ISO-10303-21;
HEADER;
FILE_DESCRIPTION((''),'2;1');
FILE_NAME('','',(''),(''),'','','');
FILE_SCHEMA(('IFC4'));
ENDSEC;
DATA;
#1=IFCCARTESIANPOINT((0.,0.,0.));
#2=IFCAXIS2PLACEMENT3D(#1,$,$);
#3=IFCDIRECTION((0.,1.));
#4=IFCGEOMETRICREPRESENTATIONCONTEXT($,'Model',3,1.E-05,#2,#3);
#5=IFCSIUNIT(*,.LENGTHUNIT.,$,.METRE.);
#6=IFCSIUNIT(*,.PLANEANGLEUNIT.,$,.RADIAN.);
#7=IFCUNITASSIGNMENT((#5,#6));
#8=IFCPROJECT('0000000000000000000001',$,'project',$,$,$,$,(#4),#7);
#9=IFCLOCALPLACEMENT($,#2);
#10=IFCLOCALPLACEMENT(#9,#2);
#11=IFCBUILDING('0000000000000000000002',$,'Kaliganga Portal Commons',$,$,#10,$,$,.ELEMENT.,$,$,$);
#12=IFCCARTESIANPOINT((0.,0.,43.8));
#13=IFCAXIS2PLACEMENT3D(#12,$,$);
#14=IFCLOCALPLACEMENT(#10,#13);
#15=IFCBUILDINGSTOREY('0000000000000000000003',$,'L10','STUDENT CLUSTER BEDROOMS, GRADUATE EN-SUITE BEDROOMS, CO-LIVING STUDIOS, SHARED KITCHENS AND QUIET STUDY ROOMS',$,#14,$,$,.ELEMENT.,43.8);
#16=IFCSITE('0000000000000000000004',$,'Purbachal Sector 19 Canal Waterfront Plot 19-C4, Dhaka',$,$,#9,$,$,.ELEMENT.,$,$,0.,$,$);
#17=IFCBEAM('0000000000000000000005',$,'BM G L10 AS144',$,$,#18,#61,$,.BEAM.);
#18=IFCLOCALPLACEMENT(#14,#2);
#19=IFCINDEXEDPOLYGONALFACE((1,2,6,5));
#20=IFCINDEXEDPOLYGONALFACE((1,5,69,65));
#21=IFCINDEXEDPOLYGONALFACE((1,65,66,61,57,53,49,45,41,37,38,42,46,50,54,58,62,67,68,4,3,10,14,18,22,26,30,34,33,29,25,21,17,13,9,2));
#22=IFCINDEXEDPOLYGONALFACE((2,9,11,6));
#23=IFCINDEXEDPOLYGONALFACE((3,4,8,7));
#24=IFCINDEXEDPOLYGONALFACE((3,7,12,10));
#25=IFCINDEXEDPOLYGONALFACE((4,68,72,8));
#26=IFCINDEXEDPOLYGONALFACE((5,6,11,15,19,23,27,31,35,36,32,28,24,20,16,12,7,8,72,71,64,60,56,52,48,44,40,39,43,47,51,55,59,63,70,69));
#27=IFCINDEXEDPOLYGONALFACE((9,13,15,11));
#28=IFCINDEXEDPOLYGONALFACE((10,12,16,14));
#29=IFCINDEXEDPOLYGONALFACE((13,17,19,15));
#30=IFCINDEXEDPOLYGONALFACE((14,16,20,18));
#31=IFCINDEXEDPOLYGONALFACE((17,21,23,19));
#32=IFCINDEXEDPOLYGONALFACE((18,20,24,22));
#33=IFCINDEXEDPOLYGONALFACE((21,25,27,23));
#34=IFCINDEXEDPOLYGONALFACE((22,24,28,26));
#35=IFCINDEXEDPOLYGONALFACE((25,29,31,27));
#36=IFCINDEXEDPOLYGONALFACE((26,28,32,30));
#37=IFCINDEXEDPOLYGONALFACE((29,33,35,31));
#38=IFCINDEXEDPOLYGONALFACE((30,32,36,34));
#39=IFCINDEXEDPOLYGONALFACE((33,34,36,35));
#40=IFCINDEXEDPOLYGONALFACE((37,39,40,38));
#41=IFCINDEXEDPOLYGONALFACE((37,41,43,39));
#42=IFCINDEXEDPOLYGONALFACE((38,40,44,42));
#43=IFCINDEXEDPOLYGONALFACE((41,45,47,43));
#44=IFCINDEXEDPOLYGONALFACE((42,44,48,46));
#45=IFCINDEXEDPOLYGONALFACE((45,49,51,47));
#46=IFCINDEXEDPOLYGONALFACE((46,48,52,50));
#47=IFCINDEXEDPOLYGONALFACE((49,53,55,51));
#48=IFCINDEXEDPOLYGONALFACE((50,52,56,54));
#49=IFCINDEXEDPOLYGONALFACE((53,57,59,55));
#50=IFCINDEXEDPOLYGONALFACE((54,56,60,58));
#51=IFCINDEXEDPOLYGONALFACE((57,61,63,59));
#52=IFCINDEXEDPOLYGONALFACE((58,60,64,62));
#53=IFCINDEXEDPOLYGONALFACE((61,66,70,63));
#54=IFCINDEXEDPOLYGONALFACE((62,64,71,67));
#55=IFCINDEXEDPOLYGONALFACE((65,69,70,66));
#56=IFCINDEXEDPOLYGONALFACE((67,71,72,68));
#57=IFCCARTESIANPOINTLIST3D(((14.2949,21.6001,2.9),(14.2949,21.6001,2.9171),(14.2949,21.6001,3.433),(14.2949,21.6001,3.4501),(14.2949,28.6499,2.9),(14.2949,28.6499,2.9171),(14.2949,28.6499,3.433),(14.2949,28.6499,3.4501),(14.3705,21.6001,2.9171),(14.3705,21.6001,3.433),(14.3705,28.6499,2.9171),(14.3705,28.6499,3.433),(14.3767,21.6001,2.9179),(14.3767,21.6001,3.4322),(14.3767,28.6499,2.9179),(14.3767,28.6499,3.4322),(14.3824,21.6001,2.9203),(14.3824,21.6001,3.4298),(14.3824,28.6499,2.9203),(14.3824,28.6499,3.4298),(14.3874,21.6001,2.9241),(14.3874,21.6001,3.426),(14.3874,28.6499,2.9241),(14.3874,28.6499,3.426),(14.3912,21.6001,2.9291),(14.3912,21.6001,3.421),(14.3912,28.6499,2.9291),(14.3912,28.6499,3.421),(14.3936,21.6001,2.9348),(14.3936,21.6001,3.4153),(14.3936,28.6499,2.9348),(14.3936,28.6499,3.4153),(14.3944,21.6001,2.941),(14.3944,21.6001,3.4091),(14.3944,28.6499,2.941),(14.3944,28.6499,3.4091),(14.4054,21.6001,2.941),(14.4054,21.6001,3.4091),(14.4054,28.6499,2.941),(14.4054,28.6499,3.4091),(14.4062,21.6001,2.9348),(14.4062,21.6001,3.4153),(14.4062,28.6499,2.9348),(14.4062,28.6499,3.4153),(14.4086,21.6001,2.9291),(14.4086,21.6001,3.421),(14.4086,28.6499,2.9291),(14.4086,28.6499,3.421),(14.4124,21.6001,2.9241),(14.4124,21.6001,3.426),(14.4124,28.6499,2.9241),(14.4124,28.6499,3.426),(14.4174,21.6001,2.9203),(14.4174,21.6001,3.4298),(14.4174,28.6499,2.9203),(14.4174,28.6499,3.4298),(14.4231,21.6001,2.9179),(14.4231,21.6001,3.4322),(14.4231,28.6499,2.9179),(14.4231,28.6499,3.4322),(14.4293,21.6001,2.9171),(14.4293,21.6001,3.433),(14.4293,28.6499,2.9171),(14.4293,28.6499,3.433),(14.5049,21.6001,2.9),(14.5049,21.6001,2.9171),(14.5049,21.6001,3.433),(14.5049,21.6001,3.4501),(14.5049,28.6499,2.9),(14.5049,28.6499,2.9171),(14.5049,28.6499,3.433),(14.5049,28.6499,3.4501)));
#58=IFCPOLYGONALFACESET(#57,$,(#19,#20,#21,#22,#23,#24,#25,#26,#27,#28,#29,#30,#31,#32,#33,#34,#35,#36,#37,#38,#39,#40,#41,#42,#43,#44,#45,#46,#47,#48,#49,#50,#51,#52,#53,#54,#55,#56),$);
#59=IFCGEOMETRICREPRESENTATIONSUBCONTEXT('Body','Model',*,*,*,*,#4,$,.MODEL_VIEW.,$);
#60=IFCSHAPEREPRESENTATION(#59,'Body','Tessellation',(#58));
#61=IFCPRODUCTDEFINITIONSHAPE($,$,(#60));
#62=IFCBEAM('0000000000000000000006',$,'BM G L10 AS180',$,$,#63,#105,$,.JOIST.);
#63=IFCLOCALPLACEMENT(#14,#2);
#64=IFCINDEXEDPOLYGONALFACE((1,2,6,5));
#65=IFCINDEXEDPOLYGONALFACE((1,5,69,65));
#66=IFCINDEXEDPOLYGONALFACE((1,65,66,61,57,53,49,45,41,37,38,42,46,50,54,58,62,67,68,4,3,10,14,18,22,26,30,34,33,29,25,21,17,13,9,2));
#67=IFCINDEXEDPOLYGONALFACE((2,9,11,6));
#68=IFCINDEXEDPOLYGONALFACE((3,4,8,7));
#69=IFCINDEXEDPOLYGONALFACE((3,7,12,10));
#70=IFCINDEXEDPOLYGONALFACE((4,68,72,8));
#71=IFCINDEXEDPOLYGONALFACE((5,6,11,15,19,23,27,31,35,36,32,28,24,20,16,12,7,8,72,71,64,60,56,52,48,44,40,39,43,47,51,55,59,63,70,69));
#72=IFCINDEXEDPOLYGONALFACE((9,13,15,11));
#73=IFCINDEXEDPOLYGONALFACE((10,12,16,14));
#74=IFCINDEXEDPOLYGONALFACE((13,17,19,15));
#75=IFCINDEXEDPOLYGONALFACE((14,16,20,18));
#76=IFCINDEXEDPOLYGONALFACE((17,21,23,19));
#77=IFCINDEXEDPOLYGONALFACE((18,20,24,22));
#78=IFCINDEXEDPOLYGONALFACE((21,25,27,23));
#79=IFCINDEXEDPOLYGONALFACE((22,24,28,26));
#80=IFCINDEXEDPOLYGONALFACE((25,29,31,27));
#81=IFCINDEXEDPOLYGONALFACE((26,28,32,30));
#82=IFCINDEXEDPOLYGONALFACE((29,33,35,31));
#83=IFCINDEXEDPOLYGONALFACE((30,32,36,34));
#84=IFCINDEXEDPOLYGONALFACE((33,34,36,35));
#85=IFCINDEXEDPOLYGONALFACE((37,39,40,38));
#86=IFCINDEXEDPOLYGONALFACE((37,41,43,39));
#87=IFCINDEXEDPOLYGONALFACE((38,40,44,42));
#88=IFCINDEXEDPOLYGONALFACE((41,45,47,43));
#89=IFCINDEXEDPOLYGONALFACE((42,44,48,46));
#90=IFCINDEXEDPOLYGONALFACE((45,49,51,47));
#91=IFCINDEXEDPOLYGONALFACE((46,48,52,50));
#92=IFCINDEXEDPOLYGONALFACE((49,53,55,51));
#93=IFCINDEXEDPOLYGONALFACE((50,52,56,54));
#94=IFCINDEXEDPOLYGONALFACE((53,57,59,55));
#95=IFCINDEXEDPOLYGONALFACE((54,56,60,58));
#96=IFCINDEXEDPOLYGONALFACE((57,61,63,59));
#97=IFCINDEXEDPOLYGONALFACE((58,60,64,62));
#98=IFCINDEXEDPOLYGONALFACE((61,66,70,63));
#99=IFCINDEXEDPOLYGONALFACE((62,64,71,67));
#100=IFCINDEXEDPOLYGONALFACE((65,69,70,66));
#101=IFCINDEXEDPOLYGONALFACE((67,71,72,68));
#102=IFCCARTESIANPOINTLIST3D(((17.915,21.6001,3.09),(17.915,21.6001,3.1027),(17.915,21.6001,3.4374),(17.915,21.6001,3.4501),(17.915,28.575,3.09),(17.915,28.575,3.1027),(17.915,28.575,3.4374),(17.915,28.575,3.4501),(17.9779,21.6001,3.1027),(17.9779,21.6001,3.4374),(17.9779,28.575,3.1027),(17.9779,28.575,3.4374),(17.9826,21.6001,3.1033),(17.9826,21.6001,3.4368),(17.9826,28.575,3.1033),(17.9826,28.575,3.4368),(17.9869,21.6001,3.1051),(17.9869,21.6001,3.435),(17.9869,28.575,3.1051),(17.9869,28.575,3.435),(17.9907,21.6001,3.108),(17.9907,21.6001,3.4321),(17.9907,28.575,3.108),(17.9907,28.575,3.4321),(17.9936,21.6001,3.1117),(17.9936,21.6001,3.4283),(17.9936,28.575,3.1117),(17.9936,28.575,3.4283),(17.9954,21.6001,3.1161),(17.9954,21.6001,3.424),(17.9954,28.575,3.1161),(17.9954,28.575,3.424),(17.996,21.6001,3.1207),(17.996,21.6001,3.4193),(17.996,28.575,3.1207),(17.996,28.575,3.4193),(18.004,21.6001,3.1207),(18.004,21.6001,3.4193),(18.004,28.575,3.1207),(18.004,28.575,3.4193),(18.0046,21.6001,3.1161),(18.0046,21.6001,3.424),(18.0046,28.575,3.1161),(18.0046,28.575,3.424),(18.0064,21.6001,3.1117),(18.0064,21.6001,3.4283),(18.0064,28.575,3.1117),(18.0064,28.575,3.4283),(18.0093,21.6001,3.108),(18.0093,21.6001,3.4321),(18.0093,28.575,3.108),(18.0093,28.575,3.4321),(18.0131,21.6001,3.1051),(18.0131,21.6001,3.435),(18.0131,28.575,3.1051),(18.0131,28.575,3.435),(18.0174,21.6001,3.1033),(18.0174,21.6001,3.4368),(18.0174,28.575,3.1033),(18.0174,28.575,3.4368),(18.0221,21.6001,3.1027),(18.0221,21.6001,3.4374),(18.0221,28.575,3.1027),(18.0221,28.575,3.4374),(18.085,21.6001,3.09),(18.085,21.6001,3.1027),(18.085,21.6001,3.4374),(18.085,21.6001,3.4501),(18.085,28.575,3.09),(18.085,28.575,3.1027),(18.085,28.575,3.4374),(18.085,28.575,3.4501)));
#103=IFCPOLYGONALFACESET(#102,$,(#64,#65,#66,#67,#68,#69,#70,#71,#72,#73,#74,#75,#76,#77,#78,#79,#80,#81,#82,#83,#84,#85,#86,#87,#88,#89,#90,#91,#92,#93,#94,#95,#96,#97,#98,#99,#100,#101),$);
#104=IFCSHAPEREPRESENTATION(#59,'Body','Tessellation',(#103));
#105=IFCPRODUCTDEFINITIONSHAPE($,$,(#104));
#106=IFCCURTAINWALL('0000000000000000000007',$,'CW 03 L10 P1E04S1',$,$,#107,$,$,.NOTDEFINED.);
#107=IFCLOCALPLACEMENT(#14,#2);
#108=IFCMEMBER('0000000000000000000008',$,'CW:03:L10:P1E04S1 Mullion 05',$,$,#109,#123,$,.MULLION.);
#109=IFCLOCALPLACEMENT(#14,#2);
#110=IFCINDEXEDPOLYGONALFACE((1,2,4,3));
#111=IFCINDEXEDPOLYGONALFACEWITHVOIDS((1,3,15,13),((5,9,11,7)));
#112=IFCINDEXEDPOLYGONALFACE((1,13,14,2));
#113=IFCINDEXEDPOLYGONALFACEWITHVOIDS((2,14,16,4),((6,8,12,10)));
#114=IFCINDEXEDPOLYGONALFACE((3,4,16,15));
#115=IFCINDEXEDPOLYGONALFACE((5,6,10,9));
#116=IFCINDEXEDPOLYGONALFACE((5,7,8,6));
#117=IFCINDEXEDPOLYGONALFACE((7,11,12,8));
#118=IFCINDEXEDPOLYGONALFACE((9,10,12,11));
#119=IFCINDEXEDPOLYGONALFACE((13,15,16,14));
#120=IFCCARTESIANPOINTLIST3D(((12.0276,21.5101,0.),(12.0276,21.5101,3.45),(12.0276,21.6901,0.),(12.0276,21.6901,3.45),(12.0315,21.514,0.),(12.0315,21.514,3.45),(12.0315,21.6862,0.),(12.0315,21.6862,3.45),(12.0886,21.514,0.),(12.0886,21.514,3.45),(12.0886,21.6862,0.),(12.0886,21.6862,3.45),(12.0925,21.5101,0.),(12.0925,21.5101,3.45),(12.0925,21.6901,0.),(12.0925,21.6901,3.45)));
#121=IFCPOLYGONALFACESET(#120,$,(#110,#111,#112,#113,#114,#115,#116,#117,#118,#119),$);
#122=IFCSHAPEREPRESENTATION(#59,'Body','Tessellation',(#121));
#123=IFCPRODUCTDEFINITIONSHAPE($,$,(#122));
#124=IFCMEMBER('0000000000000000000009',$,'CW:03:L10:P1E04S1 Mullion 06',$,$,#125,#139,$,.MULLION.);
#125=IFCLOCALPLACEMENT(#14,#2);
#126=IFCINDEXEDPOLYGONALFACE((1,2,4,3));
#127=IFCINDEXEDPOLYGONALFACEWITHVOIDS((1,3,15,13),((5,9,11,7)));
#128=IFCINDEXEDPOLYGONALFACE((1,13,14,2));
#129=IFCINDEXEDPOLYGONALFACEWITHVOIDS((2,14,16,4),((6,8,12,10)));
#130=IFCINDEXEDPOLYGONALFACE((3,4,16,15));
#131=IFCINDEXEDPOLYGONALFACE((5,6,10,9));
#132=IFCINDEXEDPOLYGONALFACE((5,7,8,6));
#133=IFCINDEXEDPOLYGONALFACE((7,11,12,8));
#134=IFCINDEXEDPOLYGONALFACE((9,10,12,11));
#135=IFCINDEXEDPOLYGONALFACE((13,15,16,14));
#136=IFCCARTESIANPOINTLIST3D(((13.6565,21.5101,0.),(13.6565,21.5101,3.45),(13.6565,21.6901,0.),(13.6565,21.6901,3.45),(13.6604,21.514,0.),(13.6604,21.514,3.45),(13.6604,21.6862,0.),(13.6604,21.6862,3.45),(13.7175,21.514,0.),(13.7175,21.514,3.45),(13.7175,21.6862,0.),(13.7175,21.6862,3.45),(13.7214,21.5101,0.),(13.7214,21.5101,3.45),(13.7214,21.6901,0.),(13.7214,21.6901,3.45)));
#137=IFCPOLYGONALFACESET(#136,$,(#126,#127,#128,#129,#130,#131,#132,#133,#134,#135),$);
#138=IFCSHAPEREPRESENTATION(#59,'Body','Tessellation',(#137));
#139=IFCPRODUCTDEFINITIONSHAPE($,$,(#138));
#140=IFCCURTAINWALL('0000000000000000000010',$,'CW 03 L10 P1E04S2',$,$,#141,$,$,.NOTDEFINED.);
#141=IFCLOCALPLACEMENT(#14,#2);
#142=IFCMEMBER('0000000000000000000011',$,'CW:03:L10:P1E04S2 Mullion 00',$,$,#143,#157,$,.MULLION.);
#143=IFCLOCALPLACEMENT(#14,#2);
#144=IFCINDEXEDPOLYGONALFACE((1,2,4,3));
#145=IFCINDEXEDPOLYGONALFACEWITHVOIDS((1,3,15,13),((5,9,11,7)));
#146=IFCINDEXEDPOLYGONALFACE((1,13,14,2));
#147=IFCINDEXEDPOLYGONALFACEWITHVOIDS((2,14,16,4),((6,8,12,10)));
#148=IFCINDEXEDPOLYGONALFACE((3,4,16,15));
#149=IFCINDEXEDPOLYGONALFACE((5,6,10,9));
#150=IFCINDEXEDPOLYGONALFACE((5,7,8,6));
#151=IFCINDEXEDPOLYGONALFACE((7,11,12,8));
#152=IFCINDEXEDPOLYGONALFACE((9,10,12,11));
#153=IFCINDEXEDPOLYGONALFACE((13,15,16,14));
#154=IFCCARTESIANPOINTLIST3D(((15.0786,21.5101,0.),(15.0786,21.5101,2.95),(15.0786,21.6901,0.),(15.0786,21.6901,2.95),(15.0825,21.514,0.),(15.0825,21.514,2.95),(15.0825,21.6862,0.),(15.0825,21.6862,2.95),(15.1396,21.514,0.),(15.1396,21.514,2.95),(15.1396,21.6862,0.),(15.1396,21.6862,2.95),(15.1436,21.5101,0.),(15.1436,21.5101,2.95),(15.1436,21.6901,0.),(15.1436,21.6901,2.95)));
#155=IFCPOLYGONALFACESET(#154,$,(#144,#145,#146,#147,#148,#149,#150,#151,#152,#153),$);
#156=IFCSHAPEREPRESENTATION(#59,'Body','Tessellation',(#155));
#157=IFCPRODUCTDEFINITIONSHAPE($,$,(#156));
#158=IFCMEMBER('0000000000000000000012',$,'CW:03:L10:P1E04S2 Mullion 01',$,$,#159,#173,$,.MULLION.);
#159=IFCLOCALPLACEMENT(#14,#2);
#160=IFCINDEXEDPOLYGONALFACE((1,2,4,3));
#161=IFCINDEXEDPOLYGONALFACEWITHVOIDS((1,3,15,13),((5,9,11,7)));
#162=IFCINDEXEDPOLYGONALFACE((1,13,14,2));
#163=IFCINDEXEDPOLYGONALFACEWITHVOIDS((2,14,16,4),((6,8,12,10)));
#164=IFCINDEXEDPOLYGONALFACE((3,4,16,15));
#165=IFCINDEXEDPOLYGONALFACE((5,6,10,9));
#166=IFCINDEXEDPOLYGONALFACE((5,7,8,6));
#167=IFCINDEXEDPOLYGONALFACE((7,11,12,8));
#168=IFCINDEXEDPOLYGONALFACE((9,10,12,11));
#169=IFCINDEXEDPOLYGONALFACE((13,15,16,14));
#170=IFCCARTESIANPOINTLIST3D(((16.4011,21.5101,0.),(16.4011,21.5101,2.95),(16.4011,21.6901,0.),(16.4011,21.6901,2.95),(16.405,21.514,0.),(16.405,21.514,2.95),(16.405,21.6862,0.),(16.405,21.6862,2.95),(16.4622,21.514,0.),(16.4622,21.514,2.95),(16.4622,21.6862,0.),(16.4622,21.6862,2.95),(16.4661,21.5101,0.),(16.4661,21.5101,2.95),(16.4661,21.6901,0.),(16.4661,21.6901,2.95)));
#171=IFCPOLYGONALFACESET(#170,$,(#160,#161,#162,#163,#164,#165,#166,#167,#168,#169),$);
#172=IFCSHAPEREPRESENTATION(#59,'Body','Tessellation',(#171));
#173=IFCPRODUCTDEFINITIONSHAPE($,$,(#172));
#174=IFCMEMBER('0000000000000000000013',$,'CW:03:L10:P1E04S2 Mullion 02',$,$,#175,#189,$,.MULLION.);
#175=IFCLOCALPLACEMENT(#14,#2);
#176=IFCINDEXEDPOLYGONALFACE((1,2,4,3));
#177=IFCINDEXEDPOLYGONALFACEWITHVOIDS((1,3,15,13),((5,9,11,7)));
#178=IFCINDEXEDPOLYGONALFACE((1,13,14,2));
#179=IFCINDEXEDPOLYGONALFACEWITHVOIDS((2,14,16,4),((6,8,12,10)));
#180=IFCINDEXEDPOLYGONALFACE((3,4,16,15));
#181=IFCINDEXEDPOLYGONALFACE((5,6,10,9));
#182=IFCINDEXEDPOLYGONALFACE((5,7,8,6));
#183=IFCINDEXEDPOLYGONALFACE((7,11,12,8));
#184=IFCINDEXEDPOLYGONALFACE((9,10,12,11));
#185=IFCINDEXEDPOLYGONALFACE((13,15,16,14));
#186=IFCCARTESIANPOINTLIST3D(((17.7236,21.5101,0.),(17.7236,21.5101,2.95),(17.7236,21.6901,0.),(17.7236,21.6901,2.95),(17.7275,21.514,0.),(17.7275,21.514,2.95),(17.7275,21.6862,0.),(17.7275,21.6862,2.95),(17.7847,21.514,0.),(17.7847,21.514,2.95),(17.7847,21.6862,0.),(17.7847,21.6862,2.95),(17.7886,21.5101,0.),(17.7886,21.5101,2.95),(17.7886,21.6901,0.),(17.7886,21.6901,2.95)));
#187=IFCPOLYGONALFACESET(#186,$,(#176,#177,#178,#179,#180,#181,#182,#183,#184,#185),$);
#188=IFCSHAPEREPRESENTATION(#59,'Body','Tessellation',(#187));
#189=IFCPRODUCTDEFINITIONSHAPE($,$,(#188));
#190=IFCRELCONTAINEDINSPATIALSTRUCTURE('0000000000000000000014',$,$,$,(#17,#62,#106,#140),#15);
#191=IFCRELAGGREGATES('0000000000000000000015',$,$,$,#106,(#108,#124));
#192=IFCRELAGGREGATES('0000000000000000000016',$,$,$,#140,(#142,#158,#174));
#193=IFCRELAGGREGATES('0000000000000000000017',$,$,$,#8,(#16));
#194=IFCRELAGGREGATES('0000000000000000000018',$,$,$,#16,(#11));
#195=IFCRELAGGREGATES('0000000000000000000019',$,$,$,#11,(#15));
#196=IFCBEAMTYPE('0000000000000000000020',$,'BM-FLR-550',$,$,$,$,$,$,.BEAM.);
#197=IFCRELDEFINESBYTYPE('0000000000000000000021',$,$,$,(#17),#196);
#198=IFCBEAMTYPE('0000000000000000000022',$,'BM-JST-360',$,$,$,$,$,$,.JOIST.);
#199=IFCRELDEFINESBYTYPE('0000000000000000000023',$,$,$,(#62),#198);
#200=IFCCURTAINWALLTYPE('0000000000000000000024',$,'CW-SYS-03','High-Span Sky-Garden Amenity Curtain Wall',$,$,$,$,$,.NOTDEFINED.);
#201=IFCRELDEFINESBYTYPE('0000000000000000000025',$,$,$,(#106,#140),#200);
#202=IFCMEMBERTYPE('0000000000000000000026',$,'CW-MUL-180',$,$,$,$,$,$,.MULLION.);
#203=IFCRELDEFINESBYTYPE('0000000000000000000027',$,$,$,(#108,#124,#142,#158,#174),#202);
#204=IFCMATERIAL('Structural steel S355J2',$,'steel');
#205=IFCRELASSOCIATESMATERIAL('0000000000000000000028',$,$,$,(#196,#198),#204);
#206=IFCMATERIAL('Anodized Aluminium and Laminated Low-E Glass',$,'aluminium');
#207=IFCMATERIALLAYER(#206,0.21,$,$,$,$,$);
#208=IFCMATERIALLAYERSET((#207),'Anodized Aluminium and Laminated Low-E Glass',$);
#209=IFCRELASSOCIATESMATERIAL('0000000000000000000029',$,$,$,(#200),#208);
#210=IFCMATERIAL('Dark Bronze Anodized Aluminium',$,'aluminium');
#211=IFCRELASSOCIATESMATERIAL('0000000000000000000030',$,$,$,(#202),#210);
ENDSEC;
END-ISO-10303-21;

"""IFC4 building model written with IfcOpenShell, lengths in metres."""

from ifc_helpers import new_model, si_unit, direction, frame, origin, origin_2d, place, context, subcontext, project, spatial, hollow_rectangle, i_section, extrude, source, transform, mapped, material, layer, layer_set, material_profile, profile_set, type_object, element, aggregate, save


model = new_model("IFC4")

# Units and contexts
model_context = context("Model", 3, precision=1e-05, world=origin(), true_north=direction((0.0, 1.0)))
body_context = subcontext(model_context, "Body", "Model", "MODEL_VIEW")
ifc_project = project(units=[si_unit("LENGTHUNIT", "METRE"), si_unit("PLANEANGLEUNIT", "RADIAN")], contexts=[model_context])

# Site, building, storey
site_placement = place(None, origin())
site = spatial("IfcSite", under=ifc_project, at=site_placement, Name="Purbachal Sector 19 Canal Waterfront Plot 19-C4, Dhaka", CompositionType="ELEMENT", RefElevation=0.0)
building_placement = place(site_placement, origin())
building = spatial("IfcBuilding", under=site, at=building_placement, Name="Kaliganga Portal Commons", CompositionType="ELEMENT")
storey_placement = place(building_placement, frame((0.0, 0.0, 43.8)))
storey = spatial("IfcBuildingStorey", under=building, at=storey_placement, Name="L10", Description="STUDENT CLUSTER BEDROOMS, GRADUATE EN-SUITE BEDROOMS, CO-LIVING STUDIOS, SHARED KITCHENS AND QUIET STUDY ROOMS", CompositionType="ELEMENT", Elevation=43.8)

# Beams
ifc_material_1 = material(Name="Structural steel S355J2", Category="steel")
ifc_material_profile_1 = material_profile(ifc_material_1, i_section(OverallWidth=0.21, OverallDepth=0.55, WebThickness=0.011, FlangeThickness=0.0171, FilletRadius=0.0239, at=origin_2d()), Name="IPE 550")
ifc_profile_set_1 = profile_set([ifc_material_profile_1], Name="Structural steel S355J2 wide-flange")
beam_type_1 = type_object("IfcBeamType", Name="BM-FLR-550", PredefinedType="BEAM", material=ifc_profile_set_1)
shared_shape_1 = source(origin(), body_context, "Body", "SweptSolid", [
    extrude(i_section(OverallWidth=0.21, OverallDepth=0.55, WebThickness=0.011, FlangeThickness=0.0171, FilletRadius=0.0239, at=origin_2d()), origin(), (0.0, 0.0, 1.0), 7.0498),
])
beam_1_placement = place(storey_placement, frame((14.3999, 21.6001, 3.175), z_axis=(0.0, 1.0, 0.0), x_axis=(-1.0, 0.0, 0.0)))
element("IfcBeam", 1, at=beam_1_placement, inside=storey, type_object=beam_type_1, Name="BM G L10 AS144", PredefinedType="BEAM", context=body_context, shape_type="MappedRepresentation", body=[
    mapped(shared_shape_1, transform((0.0, 0.0, 0.0), x_axis=(1.0, 0.0, 0.0), y_axis=(0.0, 1.0, 0.0), z_axis=(0.0, 0.0, 1.0), scale=1.0)),
])
ifc_material_profile_2 = material_profile(ifc_material_1, i_section(OverallWidth=0.1699, OverallDepth=0.3601, WebThickness=0.0081, FlangeThickness=0.0127, FilletRadius=0.0181, at=origin_2d()), Name="IPE 360")
ifc_profile_set_2 = profile_set([ifc_material_profile_2], Name="Structural steel S355J2 wide-flange")
beam_type_2 = type_object("IfcBeamType", Name="BM-JST-360", PredefinedType="JOIST", material=ifc_profile_set_2)
shared_shape_2 = source(origin(), body_context, "Body", "SweptSolid", [
    extrude(i_section(OverallWidth=0.1699, OverallDepth=0.3601, WebThickness=0.0081, FlangeThickness=0.0127, FilletRadius=0.0181, at=origin_2d()), origin(), (0.0, 0.0, 1.0), 6.9749),
])
beam_2_placement = place(storey_placement, frame((18.0, 21.6001, 3.27), z_axis=(0.0, 1.0, 0.0), x_axis=(-1.0, 0.0, 0.0)))
element("IfcBeam", 2, at=beam_2_placement, inside=storey, type_object=beam_type_2, Name="BM G L10 AS180", PredefinedType="JOIST", context=body_context, shape_type="MappedRepresentation", body=[
    mapped(shared_shape_2, transform((0.0, 0.0, 0.0), x_axis=(1.0, 0.0, 0.0), y_axis=(0.0, 1.0, 0.0), z_axis=(0.0, 0.0, 1.0), scale=1.0)),
])

# Curtain walls, members
ifc_material_2 = material(Name="Anodized Aluminium and Laminated Low-E Glass", Category="aluminium")
ifc_layer_1 = layer(ifc_material_2, 0.21)
ifc_layer_set_1 = layer_set([ifc_layer_1], Name="Anodized Aluminium and Laminated Low-E Glass")
curtain_wall_type = type_object("IfcCurtainWallType", Name="CW-SYS-03", Description="High-Span Sky-Garden Amenity Curtain Wall", PredefinedType="NOTDEFINED", material=ifc_layer_set_1)
curtain_wall_1_placement = place(storey_placement, origin())
curtain_wall_1 = element("IfcCurtainWall", 3, at=curtain_wall_1_placement, inside=storey, type_object=curtain_wall_type, Name="CW 03 L10 P1E04S1", PredefinedType="NOTDEFINED")
ifc_material_3 = material(Name="Dark Bronze Anodized Aluminium", Category="aluminium")
ifc_material_profile_3 = material_profile(ifc_material_3, hollow_rectangle(XDim=0.0649, YDim=0.1799, WallThickness=0.0039, at=origin_2d()), Name="ALU MULL 65x180x4")
ifc_profile_set_3 = profile_set([ifc_material_profile_3], Name="Dark Bronze Anodized Aluminium")
member_type_1 = type_object("IfcMemberType", Name="CW-MUL-180", PredefinedType="MULLION", material=ifc_profile_set_3)
shared_shape_3 = source(origin(), body_context, "Body", "SweptSolid", [
    extrude(hollow_rectangle(XDim=0.0649, YDim=0.1799, WallThickness=0.0039, at=origin_2d()), origin(), (0.0, 0.0, 1.0), 3.45),
])
member_1_placement = place(storey_placement, frame((12.0601, 21.6001, 0.0), z_axis=(0.0, 0.0, 1.0), x_axis=(1.0, 0.0, 0.0)))
member_1 = element("IfcMember", 4, at=member_1_placement, type_object=member_type_1, Name="CW:03:L10:P1E04S1 Mullion 05", PredefinedType="MULLION", context=body_context, shape_type="MappedRepresentation", body=[
    mapped(shared_shape_3, transform((0.0, 0.0, 0.0), x_axis=(1.0, 0.0, 0.0), y_axis=(0.0, 1.0, 0.0), z_axis=(0.0, 0.0, 1.0), scale=1.0)),
])
member_2_placement = place(storey_placement, frame((13.689, 21.6001, 0.0), z_axis=(0.0, 0.0, 1.0), x_axis=(1.0, 0.0, 0.0)))
member_2 = element("IfcMember", 5, at=member_2_placement, type_object=member_type_1, Name="CW:03:L10:P1E04S1 Mullion 06", PredefinedType="MULLION", context=body_context, shape_type="MappedRepresentation", body=[
    mapped(shared_shape_3, transform((0.0, 0.0, 0.0), x_axis=(1.0, 0.0, 0.0), y_axis=(0.0, 1.0, 0.0), z_axis=(0.0, 0.0, 1.0), scale=1.0)),
])
curtain_wall_2_placement = place(storey_placement, origin())
curtain_wall_2 = element("IfcCurtainWall", 6, at=curtain_wall_2_placement, inside=storey, type_object=curtain_wall_type, Name="CW 03 L10 P1E04S2", PredefinedType="NOTDEFINED")
shared_shape_4 = source(origin(), body_context, "Body", "SweptSolid", [
    extrude(hollow_rectangle(XDim=0.0649, YDim=0.1799, WallThickness=0.0039, at=origin_2d()), origin(), (0.0, 0.0, 1.0), 2.95),
])
member_3_placement = place(storey_placement, frame((15.1111, 21.6001, 0.0), z_axis=(0.0, 0.0, 1.0), x_axis=(1.0, 0.0, 0.0)))
member_3 = element("IfcMember", 7, at=member_3_placement, type_object=member_type_1, Name="CW:03:L10:P1E04S2 Mullion 00", PredefinedType="MULLION", context=body_context, shape_type="MappedRepresentation", body=[
    mapped(shared_shape_4, transform((0.0, 0.0, 0.0), x_axis=(1.0, 0.0, 0.0), y_axis=(0.0, 1.0, 0.0), z_axis=(0.0, 0.0, 1.0), scale=1.0)),
])
member_4_placement = place(storey_placement, frame((16.4336, 21.6001, 0.0), z_axis=(0.0, 0.0, 1.0), x_axis=(1.0, 0.0, 0.0)))
member_4 = element("IfcMember", 8, at=member_4_placement, type_object=member_type_1, Name="CW:03:L10:P1E04S2 Mullion 01", PredefinedType="MULLION", context=body_context, shape_type="MappedRepresentation", body=[
    mapped(shared_shape_4, transform((0.0, 0.0, 0.0), x_axis=(1.0, 0.0, 0.0), y_axis=(0.0, 1.0, 0.0), z_axis=(0.0, 0.0, 1.0), scale=1.0)),
])
member_5_placement = place(storey_placement, frame((17.7561, 21.6001, 0.0), z_axis=(0.0, 0.0, 1.0), x_axis=(1.0, 0.0, 0.0)))
member_5 = element("IfcMember", 9, at=member_5_placement, type_object=member_type_1, Name="CW:03:L10:P1E04S2 Mullion 02", PredefinedType="MULLION", context=body_context, shape_type="MappedRepresentation", body=[
    mapped(shared_shape_4, transform((0.0, 0.0, 0.0), x_axis=(1.0, 0.0, 0.0), y_axis=(0.0, 1.0, 0.0), z_axis=(0.0, 0.0, 1.0), scale=1.0)),
])

aggregate(curtain_wall_1, [member_1, member_2])
aggregate(curtain_wall_2, [member_3, member_4, member_5])

save(model, "model.ifc")
